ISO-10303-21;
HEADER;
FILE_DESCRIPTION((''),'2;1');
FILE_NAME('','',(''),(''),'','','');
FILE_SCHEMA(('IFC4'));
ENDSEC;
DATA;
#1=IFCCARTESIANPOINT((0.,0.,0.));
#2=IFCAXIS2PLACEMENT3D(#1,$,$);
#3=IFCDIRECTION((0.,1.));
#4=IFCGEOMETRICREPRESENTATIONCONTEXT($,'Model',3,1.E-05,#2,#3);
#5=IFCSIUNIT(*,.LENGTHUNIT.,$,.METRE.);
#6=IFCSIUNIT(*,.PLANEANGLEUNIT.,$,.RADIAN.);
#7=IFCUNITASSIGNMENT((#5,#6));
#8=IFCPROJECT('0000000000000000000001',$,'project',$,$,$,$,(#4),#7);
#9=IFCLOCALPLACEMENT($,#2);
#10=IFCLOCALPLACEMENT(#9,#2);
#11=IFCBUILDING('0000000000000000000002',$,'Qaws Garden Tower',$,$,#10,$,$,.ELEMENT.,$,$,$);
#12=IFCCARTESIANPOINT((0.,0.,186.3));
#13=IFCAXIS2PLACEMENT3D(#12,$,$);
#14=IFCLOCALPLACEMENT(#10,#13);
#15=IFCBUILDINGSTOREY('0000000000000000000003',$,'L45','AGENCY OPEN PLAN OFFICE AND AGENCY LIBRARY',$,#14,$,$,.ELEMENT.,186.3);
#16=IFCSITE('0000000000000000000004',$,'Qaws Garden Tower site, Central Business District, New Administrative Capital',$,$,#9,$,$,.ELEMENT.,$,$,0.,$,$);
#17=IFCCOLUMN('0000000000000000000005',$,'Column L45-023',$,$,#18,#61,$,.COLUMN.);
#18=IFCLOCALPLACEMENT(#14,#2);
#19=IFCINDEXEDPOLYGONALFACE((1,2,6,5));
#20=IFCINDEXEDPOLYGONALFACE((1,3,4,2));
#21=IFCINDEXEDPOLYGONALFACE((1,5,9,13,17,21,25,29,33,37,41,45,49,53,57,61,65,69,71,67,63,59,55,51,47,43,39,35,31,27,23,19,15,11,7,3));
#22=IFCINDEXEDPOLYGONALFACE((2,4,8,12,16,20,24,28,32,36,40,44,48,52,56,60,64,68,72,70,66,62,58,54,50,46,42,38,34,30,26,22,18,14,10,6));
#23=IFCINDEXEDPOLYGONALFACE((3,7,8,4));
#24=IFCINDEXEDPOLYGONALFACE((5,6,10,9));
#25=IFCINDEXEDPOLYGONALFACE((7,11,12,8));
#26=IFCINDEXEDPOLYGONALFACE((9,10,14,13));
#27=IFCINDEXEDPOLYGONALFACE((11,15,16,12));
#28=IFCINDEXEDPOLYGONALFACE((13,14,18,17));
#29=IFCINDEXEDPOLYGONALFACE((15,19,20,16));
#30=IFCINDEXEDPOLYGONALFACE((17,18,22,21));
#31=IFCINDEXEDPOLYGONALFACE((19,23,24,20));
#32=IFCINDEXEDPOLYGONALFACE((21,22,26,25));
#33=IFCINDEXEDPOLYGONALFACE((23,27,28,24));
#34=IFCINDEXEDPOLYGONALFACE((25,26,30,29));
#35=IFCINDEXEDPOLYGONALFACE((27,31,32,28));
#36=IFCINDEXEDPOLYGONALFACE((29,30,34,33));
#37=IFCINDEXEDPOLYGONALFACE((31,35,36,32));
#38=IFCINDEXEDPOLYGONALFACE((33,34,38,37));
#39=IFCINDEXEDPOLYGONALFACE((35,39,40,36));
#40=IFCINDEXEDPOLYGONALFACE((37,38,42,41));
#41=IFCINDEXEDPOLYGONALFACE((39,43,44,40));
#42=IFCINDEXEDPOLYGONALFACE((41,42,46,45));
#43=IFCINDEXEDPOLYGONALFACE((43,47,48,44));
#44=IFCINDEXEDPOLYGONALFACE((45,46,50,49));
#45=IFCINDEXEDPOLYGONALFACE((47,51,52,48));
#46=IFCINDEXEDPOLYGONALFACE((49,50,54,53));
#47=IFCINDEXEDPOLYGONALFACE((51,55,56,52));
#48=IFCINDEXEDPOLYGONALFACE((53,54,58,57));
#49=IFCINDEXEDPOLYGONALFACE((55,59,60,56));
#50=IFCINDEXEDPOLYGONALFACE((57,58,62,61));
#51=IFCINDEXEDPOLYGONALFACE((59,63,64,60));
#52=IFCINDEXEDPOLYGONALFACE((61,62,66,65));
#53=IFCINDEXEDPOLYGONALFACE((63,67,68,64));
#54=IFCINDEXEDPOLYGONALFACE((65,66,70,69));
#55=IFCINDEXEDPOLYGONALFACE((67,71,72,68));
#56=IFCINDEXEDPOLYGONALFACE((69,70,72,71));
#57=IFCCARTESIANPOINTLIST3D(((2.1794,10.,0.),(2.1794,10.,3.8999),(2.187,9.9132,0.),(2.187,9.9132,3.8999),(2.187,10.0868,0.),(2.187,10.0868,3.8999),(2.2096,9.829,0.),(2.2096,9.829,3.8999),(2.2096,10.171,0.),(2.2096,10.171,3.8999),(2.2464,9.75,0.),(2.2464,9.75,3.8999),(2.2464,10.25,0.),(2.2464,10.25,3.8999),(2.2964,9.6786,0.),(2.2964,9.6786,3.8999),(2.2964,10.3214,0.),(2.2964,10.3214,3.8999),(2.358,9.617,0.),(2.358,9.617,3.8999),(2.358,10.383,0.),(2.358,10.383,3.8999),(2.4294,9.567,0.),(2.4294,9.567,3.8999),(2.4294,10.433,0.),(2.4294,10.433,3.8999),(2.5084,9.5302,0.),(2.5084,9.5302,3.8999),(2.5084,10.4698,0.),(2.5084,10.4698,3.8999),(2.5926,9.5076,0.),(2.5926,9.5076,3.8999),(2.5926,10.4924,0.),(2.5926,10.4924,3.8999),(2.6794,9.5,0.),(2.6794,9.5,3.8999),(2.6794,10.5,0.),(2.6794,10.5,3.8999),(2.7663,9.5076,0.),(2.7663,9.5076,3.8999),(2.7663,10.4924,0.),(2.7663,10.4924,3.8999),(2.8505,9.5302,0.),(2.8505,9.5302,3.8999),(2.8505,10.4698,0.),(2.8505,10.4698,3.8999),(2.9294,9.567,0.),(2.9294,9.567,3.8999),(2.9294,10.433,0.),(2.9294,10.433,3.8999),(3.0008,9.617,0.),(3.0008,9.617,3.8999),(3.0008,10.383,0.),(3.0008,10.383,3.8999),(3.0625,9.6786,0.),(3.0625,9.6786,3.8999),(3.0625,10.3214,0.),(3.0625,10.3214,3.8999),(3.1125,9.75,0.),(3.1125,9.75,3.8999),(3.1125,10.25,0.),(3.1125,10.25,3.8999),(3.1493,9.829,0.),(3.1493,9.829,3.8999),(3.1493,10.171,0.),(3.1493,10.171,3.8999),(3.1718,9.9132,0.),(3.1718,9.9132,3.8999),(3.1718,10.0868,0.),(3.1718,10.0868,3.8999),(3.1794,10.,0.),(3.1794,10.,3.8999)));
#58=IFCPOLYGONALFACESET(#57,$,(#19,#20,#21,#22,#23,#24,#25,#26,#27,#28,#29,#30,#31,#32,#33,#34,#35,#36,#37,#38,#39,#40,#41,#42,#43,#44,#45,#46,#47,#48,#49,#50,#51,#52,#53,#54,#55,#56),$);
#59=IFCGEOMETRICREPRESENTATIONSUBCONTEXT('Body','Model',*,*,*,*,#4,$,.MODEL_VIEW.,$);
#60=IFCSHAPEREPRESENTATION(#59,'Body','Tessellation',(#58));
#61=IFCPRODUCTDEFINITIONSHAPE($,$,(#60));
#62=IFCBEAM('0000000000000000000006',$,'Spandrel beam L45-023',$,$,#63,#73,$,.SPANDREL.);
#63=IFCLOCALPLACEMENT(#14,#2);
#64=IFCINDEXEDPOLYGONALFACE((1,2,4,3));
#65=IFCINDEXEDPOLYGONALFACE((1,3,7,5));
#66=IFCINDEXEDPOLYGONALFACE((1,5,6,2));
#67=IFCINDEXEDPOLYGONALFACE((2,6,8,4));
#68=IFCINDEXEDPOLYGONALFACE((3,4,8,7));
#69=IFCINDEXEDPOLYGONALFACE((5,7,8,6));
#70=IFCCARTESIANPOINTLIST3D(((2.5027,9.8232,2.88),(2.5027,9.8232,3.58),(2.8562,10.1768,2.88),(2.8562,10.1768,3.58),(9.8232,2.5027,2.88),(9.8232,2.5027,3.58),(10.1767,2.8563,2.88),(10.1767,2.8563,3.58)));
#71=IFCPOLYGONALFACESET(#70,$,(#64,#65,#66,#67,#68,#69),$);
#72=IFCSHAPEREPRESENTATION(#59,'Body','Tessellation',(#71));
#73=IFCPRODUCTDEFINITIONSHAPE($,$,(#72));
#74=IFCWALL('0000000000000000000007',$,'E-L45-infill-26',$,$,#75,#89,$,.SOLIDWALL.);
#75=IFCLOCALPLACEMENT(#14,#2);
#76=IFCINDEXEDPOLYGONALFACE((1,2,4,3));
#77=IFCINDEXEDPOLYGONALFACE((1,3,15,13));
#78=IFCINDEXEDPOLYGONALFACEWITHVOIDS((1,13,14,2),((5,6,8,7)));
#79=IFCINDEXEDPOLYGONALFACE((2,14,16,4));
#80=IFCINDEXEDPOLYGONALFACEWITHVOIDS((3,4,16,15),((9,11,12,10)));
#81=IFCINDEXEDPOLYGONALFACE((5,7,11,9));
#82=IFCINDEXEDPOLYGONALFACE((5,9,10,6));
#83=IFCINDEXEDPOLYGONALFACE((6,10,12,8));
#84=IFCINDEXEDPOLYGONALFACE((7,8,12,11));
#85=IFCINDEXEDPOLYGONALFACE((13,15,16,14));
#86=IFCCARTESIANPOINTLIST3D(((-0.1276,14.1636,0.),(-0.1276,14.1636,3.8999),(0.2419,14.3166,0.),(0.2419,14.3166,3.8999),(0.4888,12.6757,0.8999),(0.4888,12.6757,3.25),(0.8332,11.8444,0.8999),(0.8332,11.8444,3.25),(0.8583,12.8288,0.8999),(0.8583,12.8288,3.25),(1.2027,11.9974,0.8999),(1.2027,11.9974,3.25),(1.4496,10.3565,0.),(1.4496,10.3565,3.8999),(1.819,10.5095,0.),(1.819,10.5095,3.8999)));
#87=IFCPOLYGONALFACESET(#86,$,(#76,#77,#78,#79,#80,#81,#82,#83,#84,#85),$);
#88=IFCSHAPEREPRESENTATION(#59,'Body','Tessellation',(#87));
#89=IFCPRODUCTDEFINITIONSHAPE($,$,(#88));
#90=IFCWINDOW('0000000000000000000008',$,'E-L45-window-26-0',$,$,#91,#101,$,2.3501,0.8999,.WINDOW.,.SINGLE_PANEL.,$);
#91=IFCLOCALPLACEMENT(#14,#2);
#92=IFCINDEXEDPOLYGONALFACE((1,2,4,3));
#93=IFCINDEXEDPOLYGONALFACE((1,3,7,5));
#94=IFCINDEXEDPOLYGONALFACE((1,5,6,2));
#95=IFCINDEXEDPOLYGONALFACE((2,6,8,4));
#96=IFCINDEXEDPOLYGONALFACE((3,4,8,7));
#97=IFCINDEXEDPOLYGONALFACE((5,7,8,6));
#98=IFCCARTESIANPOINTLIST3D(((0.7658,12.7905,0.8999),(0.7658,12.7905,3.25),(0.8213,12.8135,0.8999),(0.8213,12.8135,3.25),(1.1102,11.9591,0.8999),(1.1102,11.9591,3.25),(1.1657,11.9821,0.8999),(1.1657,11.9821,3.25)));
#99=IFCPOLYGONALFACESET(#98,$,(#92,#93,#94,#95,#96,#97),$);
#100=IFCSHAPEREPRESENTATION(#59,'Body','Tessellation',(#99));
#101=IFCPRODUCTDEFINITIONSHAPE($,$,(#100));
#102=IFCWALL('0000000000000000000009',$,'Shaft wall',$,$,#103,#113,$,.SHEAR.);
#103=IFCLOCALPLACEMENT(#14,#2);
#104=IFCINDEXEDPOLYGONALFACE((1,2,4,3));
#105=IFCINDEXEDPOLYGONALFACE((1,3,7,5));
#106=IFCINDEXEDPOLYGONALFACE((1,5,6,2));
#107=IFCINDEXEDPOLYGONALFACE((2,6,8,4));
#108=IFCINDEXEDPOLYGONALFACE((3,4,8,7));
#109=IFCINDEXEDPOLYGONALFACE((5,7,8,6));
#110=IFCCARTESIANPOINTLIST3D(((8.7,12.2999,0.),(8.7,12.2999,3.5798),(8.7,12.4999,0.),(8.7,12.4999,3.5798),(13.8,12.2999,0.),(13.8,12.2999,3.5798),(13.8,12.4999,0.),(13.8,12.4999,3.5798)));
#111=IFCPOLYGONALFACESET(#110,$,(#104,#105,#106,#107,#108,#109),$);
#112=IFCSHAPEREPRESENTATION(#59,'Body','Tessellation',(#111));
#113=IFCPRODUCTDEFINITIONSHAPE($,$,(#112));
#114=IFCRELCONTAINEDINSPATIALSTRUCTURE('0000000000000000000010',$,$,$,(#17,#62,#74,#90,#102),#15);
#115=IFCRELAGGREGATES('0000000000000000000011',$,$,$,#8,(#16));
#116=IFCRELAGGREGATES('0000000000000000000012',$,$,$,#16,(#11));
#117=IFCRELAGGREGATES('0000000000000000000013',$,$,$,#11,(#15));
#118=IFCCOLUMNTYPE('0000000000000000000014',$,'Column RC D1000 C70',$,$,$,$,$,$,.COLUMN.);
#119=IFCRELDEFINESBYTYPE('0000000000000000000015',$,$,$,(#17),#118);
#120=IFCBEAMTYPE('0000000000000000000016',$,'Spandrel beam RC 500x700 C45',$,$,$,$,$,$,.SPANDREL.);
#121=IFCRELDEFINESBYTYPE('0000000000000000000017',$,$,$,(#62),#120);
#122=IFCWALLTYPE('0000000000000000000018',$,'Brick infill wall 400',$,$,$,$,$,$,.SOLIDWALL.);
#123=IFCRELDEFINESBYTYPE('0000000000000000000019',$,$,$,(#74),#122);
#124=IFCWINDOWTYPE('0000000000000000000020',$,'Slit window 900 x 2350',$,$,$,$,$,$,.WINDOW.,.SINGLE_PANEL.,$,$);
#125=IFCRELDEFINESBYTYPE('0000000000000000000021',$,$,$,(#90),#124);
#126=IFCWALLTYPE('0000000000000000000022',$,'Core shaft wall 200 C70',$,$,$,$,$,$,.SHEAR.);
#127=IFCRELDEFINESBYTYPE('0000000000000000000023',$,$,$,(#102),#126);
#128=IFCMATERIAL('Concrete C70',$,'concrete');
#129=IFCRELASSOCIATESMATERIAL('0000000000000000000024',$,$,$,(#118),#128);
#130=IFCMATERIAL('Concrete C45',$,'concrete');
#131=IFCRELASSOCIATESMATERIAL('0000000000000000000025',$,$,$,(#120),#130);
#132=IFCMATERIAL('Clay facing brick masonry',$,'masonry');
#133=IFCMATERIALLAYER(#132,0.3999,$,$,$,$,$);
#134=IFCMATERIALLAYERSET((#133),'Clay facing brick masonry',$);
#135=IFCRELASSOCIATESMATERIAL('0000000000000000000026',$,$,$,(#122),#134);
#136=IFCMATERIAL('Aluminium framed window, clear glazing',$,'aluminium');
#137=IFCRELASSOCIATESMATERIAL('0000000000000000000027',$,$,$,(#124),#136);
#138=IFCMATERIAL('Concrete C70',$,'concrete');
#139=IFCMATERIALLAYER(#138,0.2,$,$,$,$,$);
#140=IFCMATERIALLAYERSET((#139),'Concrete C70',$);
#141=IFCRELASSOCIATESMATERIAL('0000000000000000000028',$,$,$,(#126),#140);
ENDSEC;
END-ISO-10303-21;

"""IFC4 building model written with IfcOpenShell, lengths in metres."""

from ifc_helpers import new_model, si_unit, direction, frame, frame_2d, origin, origin_2d, place, context, subcontext, project, spatial, rectangle, circle, extrude, material, layer, layer_set, material_profile, profile_set, type_object, element, fill, save


model = new_model("IFC4")

# Units and contexts
model_context = context("Model", 3, precision=1e-05, world=origin(), true_north=direction((0.0, 1.0)))
body_context = subcontext(model_context, "Body", "Model", "MODEL_VIEW")
ifc_project = project(units=[si_unit("LENGTHUNIT", "METRE"), si_unit("PLANEANGLEUNIT", "RADIAN")], contexts=[model_context])

# Site, building, storey
site_placement = place(None, origin())
site = spatial("IfcSite", under=ifc_project, at=site_placement, Name="Qaws Garden Tower site, Central Business District, New Administrative Capital", CompositionType="ELEMENT", RefElevation=0.0)
building_placement = place(site_placement, origin())
building = spatial("IfcBuilding", under=site, at=building_placement, Name="Qaws Garden Tower", CompositionType="ELEMENT")
storey_placement = place(building_placement, frame((0.0, 0.0, 186.3)))
storey = spatial("IfcBuildingStorey", under=building, at=storey_placement, Name="L45", Description="AGENCY OPEN PLAN OFFICE AND AGENCY LIBRARY", CompositionType="ELEMENT", Elevation=186.3)

# Column
ifc_material_1 = material(Name="Concrete C70", Category="concrete")
ifc_material_profile_1 = material_profile(ifc_material_1, circle(Radius=0.5, at=origin_2d()), Name="RC D1000")
ifc_profile_set_1 = profile_set([ifc_material_profile_1], Name="Concrete C70")
column_type = type_object("IfcColumnType", Name="Column RC D1000 C70", PredefinedType="COLUMN", material=ifc_profile_set_1)
column_placement = place(storey_placement, frame((2.6794, 10.0, 0.0), z_axis=(0.0, 0.0, 1.0), x_axis=(1.0, 0.0, 0.0)))
element("IfcColumn", 1, at=column_placement, inside=storey, type_object=column_type, Name="Column L45-023", PredefinedType="COLUMN", context=body_context, shape_type="SweptSolid", body=[
    extrude(circle(Radius=0.5, at=origin_2d()), origin(), (0.0, 0.0, 1.0), 3.8999),
])

# Beam
ifc_material_2 = material(Name="Concrete C45", Category="concrete")
ifc_material_profile_2 = material_profile(ifc_material_2, rectangle(XDim=0.5, YDim=0.7, at=origin_2d()), Name="RC 500x700")
ifc_profile_set_2 = profile_set([ifc_material_profile_2], Name="Concrete C45")
beam_type = type_object("IfcBeamType", Name="Spandrel beam RC 500x700 C45", PredefinedType="SPANDREL", material=ifc_profile_set_2)
beam_placement = place(storey_placement, frame((2.6794, 10.0, 3.23), z_axis=(0.707107, -0.707107, 0.0), x_axis=(0.707107, 0.707107, 0.0)))
element("IfcBeam", 2, at=beam_placement, inside=storey, type_object=beam_type, Name="Spandrel beam L45-023", PredefinedType="SPANDREL", context=body_context, shape_type="SweptSolid", body=[
    extrude(rectangle(XDim=0.5, YDim=0.7, at=origin_2d()), origin(), (0.0, 0.0, 1.0), 10.3528),
])

# Wall, opening, window
ifc_material_3 = material(Name="Clay facing brick masonry", Category="masonry")
ifc_layer_1 = layer(ifc_material_3, 0.3999)
ifc_layer_set_1 = layer_set([ifc_layer_1], Name="Clay facing brick masonry")
wall_type_1 = type_object("IfcWallType", Name="Brick infill wall 400", PredefinedType="SOLIDWALL", material=ifc_layer_set_1)
wall_1_placement = place(storey_placement, frame((0.0571, 14.2402, 0.0), z_axis=(0.0, 0.0, 1.0), x_axis=(0.382722, -0.923864, 0.0)))
wall_1 = element("IfcWall", 3, at=wall_1_placement, inside=storey, type_object=wall_type_1, Name="E-L45-infill-26", PredefinedType="SOLIDWALL", context=body_context, shape_type="SweptSolid", body=[
    extrude(rectangle(XDim=4.1208, YDim=0.3999, at=frame_2d((2.0605, 0.0))), origin(), (0.0, 0.0, 1.0), 3.8999),
])
opening_1_placement = place(wall_1_placement, frame((1.6106, 0.0, 0.8999)))
opening_1 = element("IfcOpeningElement", 4, at=opening_1_placement, cuts=wall_1, PredefinedType="OPENING", context=body_context, shape_type="SweptSolid", body=[
    extrude(rectangle(XDim=0.8999, YDim=2.3501, at=frame_2d((0.45, 1.175))), frame((0.0, 0.21, 0.0), z_axis=(0.0, -1.0, 0.0), x_axis=(1.0, 0.0, 0.0)), (0.0, 0.0, 1.0), 0.4199),
])
ifc_material_4 = material(Name="Aluminium framed window, clear glazing", Category="aluminium")
window_type = type_object("IfcWindowType", Name="Slit window 900 x 2350", PartitioningType="SINGLE_PANEL", PredefinedType="WINDOW", material=ifc_material_4)
window_placement = place(opening_1_placement, origin())
window = element("IfcWindow", 5, at=window_placement, inside=storey, type_object=window_type, Name="E-L45-window-26-0", OverallHeight=2.3501, OverallWidth=0.8999, PartitioningType="SINGLE_PANEL", PredefinedType="WINDOW", context=body_context, shape_type="SweptSolid", body=[
    extrude(rectangle(XDim=0.8999, YDim=2.3501, at=frame_2d((0.45, 1.175))), frame((0.0, 0.1599, 0.0), z_axis=(0.0, -1.0, 0.0), x_axis=(1.0, 0.0, 0.0)), (0.0, 0.0, 1.0), 0.0601),
])
fill(opening_1, window)

# Wall
ifc_material_5 = material(Name="Concrete C70", Category="concrete")
ifc_layer_2 = layer(ifc_material_5, 0.2)
ifc_layer_set_2 = layer_set([ifc_layer_2], Name="Concrete C70")
wall_type_2 = type_object("IfcWallType", Name="Core shaft wall 200 C70", PredefinedType="SHEAR", material=ifc_layer_set_2)
wall_2_placement = place(storey_placement, frame((8.7, 12.3999, 0.0), z_axis=(0.0, 0.0, 1.0), x_axis=(1.0, 0.0, 0.0)))
element("IfcWall", 6, at=wall_2_placement, inside=storey, type_object=wall_type_2, Name="Shaft wall", PredefinedType="SHEAR", context=body_context, shape_type="SweptSolid", body=[
    extrude(rectangle(XDim=5.1001, YDim=0.2, at=frame_2d((2.55, 0.0))), origin(), (0.0, 0.0, 1.0), 3.5798),
])

save(model, "model.ifc")
